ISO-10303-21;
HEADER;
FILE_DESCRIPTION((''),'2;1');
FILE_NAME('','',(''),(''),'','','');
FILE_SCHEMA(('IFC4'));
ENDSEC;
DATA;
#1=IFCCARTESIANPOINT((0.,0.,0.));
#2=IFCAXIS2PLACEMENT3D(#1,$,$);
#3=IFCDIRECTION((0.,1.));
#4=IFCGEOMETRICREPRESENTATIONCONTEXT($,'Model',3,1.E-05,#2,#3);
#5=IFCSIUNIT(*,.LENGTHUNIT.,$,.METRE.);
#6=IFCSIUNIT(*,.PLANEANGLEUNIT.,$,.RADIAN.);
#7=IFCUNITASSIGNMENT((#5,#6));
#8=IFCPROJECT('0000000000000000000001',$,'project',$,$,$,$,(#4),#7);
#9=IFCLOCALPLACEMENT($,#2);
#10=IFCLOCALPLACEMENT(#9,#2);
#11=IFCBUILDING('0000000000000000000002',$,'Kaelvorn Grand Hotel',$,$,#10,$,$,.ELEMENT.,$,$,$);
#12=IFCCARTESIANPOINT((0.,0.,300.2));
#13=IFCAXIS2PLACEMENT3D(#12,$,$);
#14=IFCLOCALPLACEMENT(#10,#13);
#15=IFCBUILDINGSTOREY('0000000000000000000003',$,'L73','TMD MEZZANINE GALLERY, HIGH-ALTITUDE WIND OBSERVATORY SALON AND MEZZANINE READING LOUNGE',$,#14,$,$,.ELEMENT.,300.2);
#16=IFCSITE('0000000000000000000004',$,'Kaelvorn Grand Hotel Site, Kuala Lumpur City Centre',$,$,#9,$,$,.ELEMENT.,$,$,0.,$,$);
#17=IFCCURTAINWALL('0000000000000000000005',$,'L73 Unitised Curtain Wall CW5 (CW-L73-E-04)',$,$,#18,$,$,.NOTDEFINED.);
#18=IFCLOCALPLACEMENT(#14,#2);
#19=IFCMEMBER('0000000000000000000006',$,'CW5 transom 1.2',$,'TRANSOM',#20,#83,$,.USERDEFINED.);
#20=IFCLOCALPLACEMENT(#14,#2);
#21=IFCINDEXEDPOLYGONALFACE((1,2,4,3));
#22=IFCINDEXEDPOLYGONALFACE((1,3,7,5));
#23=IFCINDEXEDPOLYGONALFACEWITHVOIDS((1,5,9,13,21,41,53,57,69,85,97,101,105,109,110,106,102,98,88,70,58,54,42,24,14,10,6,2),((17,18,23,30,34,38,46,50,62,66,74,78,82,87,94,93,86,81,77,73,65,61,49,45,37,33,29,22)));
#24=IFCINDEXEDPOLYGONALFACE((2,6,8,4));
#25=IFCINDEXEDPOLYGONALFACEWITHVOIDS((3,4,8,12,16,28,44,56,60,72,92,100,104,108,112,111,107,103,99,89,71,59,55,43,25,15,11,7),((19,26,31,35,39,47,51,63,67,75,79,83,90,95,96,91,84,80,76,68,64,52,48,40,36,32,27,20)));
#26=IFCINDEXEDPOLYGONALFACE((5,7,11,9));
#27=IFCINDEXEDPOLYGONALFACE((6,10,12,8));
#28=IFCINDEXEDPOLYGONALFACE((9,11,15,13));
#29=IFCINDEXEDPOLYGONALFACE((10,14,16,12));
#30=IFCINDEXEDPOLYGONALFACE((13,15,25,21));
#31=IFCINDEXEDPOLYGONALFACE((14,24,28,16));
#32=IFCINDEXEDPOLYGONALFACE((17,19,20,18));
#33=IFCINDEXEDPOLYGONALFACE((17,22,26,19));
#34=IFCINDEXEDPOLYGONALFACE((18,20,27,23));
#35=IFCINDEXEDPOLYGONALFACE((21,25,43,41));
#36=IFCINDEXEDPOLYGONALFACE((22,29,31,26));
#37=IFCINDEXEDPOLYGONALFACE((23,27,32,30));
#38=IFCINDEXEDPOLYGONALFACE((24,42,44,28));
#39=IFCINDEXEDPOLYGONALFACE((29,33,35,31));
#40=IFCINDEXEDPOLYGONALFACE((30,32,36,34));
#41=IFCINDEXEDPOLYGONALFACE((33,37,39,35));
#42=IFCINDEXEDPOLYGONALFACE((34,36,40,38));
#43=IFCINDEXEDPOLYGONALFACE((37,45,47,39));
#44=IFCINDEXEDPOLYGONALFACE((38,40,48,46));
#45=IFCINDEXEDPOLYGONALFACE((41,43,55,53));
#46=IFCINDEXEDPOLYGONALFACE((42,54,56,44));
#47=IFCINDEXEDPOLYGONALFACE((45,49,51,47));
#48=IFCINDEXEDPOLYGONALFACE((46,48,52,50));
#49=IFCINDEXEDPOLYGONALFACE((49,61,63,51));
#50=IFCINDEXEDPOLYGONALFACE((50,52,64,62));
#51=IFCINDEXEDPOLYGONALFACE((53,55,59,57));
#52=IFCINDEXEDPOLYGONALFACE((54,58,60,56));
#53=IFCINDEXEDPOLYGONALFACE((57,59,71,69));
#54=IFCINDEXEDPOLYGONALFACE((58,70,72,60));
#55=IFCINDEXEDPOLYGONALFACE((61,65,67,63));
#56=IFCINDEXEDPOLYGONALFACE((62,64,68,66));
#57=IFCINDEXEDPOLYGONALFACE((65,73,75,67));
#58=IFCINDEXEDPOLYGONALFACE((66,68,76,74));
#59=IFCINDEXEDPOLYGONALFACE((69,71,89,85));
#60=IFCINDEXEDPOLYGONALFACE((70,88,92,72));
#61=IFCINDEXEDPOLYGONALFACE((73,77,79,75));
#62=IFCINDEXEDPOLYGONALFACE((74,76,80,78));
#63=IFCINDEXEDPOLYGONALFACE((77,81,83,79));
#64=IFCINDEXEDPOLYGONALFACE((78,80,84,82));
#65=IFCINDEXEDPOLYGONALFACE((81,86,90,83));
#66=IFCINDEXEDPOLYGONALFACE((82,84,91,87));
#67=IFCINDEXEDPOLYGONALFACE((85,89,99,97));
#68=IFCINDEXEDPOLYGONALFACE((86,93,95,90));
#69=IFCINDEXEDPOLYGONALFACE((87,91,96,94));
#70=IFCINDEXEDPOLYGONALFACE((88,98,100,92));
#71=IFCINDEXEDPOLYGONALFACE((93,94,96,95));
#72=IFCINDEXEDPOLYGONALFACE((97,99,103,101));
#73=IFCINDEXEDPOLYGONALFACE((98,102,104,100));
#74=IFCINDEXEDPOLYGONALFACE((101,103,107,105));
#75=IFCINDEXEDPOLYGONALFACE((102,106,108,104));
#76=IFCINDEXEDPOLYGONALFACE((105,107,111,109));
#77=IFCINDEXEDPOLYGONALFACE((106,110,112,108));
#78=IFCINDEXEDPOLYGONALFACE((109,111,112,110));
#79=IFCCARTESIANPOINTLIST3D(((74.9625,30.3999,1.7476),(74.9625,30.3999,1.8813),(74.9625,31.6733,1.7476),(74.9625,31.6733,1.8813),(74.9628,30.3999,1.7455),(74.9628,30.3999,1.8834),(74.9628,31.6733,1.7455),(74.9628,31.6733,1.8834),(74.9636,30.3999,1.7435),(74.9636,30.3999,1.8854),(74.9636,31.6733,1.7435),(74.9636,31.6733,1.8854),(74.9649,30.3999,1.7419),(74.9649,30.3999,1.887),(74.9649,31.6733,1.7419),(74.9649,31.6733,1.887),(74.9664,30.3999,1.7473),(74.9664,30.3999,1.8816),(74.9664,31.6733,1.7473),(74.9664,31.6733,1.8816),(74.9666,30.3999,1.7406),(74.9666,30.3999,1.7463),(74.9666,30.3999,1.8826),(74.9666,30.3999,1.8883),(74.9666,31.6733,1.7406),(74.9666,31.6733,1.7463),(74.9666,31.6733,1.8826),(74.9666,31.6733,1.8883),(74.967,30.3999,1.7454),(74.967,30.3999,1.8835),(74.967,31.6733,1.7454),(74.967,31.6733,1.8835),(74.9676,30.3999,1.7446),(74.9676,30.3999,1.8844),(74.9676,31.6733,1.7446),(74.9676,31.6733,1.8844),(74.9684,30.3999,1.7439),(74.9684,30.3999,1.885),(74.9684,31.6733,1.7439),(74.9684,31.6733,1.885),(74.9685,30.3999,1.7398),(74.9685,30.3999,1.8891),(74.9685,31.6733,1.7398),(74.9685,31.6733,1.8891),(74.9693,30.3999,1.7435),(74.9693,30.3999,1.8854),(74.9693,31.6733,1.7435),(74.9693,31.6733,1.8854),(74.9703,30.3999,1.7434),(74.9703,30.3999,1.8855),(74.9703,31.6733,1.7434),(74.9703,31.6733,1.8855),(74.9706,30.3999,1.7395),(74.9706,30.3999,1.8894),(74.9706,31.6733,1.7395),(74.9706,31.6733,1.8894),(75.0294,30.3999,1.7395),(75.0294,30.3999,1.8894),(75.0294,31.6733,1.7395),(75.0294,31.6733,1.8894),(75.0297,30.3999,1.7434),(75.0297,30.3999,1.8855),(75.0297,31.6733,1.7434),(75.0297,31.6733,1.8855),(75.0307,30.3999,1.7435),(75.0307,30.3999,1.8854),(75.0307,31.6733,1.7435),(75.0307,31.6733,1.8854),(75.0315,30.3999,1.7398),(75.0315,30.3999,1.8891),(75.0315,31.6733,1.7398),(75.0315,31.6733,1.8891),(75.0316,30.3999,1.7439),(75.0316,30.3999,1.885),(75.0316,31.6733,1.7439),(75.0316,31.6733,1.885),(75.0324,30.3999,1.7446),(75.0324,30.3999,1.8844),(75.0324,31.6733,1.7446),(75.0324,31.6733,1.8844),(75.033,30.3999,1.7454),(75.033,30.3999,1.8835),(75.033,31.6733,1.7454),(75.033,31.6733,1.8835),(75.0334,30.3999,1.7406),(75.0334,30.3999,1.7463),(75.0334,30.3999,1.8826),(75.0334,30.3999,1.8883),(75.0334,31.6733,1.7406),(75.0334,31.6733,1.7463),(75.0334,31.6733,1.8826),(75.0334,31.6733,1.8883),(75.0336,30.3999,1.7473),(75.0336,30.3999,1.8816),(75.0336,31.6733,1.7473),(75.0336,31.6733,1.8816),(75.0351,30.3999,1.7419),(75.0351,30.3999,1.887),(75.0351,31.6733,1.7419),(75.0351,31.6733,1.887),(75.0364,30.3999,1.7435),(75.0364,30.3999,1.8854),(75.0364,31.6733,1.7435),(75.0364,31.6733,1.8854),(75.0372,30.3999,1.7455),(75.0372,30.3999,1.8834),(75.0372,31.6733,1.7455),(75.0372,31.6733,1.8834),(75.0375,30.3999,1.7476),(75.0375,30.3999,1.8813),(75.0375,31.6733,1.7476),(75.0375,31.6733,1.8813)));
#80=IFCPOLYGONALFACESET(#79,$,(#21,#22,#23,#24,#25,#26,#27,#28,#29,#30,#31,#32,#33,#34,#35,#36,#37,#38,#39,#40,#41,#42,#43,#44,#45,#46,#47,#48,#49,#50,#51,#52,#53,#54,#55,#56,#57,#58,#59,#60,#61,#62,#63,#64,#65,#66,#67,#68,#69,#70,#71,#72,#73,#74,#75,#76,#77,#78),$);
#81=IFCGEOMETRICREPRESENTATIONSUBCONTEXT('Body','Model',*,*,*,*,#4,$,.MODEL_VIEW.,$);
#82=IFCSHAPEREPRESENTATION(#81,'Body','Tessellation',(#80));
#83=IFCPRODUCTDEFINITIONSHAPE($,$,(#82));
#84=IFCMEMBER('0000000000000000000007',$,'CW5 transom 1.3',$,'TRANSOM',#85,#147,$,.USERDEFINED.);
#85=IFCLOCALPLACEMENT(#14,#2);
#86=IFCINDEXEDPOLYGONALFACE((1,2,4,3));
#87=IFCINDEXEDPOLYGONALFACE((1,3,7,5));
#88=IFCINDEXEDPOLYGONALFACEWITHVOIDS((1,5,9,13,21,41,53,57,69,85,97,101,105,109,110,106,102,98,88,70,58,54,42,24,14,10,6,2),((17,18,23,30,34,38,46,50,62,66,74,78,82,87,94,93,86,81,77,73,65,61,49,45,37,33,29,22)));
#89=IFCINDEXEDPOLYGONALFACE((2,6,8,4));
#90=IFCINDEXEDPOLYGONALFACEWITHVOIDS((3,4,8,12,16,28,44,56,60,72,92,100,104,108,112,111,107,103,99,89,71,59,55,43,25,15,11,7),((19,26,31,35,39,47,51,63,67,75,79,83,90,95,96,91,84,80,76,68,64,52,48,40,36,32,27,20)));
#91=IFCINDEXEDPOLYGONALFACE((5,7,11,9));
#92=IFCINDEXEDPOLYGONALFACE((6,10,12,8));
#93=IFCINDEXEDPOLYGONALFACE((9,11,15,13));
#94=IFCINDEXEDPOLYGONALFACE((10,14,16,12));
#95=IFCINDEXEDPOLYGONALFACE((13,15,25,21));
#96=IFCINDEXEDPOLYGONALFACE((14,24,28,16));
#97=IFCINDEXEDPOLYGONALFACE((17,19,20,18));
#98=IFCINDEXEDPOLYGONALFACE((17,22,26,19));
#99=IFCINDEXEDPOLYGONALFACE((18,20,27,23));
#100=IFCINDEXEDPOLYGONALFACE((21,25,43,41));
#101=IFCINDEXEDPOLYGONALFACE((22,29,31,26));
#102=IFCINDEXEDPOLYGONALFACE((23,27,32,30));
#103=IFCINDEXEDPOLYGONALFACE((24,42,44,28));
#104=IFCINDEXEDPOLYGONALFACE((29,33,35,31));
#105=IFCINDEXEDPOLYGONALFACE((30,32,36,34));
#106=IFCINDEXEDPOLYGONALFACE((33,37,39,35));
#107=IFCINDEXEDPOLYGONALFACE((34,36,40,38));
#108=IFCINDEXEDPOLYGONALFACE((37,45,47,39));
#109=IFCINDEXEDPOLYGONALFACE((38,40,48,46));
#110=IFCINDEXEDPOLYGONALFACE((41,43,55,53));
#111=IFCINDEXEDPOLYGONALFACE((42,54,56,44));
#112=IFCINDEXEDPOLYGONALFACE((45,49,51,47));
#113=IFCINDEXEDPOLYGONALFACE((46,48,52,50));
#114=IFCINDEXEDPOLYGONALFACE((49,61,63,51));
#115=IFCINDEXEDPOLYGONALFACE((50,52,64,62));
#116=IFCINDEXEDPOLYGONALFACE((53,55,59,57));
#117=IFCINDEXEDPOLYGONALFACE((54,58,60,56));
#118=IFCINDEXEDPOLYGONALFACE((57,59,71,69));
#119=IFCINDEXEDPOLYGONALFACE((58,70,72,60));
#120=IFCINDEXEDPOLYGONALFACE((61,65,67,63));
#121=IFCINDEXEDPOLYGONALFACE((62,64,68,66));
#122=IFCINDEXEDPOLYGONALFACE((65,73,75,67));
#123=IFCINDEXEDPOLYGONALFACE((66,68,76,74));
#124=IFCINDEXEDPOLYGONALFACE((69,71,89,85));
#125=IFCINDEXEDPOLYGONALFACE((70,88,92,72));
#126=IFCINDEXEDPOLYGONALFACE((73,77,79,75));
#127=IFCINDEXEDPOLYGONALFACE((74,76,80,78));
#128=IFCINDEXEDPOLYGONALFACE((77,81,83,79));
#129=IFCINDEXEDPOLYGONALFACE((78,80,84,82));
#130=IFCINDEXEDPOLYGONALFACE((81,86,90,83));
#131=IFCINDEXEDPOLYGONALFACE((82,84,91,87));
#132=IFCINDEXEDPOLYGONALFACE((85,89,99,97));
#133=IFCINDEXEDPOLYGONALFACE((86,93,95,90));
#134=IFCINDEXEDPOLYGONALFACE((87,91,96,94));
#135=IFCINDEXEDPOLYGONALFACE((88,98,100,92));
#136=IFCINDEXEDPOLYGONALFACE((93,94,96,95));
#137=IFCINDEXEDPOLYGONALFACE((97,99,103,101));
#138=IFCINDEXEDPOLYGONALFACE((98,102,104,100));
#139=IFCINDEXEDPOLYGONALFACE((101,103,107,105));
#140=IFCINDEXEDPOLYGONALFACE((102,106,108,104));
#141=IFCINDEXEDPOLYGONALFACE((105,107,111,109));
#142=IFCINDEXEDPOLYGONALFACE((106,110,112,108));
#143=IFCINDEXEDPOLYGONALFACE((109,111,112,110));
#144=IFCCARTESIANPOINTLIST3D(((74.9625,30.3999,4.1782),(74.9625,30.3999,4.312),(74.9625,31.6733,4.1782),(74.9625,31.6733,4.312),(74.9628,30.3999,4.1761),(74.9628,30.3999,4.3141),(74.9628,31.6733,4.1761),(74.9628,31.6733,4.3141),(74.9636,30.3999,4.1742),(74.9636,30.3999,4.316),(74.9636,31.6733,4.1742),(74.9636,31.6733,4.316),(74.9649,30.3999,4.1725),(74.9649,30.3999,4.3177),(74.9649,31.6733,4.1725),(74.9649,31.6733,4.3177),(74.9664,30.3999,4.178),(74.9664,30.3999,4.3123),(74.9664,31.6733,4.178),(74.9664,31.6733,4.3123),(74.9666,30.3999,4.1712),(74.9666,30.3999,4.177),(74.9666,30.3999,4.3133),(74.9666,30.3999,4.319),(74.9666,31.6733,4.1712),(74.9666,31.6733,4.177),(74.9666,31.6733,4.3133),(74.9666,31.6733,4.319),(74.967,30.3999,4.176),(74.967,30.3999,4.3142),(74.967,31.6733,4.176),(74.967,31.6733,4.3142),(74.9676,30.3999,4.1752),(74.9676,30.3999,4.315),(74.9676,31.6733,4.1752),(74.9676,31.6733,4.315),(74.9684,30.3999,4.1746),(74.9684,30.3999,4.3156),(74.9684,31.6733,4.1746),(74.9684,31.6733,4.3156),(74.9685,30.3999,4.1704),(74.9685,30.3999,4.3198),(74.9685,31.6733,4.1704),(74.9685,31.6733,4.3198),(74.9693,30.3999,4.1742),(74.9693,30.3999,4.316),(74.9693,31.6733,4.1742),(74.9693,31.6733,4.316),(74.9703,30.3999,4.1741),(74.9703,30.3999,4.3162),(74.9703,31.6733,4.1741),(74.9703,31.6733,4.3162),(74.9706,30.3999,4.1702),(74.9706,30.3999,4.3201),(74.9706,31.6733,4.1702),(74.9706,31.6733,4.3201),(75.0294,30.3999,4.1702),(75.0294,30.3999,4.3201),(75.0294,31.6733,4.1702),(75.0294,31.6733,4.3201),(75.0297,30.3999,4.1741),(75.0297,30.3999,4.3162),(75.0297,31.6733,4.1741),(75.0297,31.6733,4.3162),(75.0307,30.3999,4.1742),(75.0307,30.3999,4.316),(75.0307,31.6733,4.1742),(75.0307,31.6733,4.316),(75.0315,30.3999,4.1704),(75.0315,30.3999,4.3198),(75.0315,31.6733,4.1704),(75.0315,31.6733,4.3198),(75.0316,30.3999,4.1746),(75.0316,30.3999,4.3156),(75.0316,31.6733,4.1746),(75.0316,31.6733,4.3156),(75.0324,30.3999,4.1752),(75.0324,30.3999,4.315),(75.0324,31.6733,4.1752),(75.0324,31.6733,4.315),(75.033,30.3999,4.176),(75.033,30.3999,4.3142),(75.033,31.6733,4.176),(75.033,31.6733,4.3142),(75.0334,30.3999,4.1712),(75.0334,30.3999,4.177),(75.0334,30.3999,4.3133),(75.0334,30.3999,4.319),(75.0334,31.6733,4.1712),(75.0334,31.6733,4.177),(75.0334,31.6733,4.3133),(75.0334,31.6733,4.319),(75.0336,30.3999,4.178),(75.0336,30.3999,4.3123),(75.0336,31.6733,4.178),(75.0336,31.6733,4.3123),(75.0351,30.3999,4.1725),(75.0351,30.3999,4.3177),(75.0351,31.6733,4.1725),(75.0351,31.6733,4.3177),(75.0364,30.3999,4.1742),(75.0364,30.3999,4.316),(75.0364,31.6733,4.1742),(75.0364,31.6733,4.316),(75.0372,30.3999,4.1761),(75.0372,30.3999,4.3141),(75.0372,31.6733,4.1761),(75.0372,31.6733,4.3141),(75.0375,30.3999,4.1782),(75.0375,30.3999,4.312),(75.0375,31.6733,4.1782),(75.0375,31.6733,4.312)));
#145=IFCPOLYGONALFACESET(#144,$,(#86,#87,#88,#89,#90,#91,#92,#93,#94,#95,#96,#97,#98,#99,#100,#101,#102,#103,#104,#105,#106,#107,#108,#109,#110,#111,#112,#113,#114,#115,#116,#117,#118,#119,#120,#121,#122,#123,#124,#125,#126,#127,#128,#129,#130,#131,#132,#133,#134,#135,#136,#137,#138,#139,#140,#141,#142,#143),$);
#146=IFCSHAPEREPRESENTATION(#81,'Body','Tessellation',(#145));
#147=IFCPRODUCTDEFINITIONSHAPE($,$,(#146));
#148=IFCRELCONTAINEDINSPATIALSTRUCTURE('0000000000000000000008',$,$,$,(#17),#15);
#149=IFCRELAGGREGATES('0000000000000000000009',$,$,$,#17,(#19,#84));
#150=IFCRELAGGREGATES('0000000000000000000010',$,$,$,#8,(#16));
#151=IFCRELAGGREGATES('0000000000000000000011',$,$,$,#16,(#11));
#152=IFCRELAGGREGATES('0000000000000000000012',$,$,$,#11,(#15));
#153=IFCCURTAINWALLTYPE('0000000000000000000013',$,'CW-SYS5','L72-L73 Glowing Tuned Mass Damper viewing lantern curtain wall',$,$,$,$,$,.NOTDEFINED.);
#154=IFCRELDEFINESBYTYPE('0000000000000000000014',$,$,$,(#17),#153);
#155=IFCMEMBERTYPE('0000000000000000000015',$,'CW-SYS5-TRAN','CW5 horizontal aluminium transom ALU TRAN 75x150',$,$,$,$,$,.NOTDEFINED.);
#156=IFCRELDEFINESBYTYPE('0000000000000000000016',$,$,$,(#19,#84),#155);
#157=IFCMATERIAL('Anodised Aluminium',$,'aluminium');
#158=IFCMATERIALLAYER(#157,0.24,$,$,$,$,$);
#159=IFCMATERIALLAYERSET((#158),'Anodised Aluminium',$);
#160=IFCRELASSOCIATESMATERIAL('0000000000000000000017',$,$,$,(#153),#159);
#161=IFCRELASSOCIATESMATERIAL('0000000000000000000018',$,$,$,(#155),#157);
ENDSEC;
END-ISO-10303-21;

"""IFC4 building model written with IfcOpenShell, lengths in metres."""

from ifc_helpers import new_model, si_unit, direction, frame, origin, origin_2d, place, context, subcontext, project, spatial, hollow_rectangle, extrude, material, layer, layer_set, material_profile, profile_set, type_object, element, aggregate, save


model = new_model("IFC4")

# Units and contexts
model_context = context("Model", 3, precision=1e-05, world=origin(), true_north=direction((0.0, 1.0)))
body_context = subcontext(model_context, "Body", "Model", "MODEL_VIEW")
ifc_project = project(units=[si_unit("LENGTHUNIT", "METRE"), si_unit("PLANEANGLEUNIT", "RADIAN")], contexts=[model_context])

# Site, building, storey
site_placement = place(None, origin())
site = spatial("IfcSite", under=ifc_project, at=site_placement, Name="Kaelvorn Grand Hotel Site, Kuala Lumpur City Centre", CompositionType="ELEMENT", RefElevation=0.0)
building_placement = place(site_placement, origin())
building = spatial("IfcBuilding", under=site, at=building_placement, Name="Kaelvorn Grand Hotel", CompositionType="ELEMENT")
storey_placement = place(building_placement, frame((0.0, 0.0, 300.2)))
storey = spatial("IfcBuildingStorey", under=building, at=storey_placement, Name="L73", Description="TMD MEZZANINE GALLERY, HIGH-ALTITUDE WIND OBSERVATORY SALON AND MEZZANINE READING LOUNGE", CompositionType="ELEMENT", Elevation=300.2)

# Shared definitions
ifc_material_1 = material(Name="Anodised Aluminium", Category="aluminium")
ifc_layer_1 = layer(ifc_material_1, 0.24)
ifc_layer_set_1 = layer_set([ifc_layer_1], Name="Anodised Aluminium")
curtain_wall_type = type_object("IfcCurtainWallType", Name="CW-SYS5", Description="L72-L73 Glowing Tuned Mass Damper viewing lantern curtain wall", PredefinedType="NOTDEFINED", material=ifc_layer_set_1)

# Curtain wall, members
curtain_wall_1_placement = place(storey_placement, origin())
curtain_wall_1 = element("IfcCurtainWall", 1, at=curtain_wall_1_placement, inside=storey, type_object=curtain_wall_type, Name="L73 Unitised Curtain Wall CW5 (CW-L73-E-04)", PredefinedType="NOTDEFINED")
ifc_material_profile_1 = material_profile(ifc_material_1, hollow_rectangle(XDim=0.075, YDim=0.1499, WallThickness=0.0039, InnerFilletRadius=0.0039, OuterFilletRadius=0.0081, at=origin_2d()), Name="ALU TRAN 75x150")
ifc_profile_set_1 = profile_set([ifc_material_profile_1], Name="Anodised Aluminium")
member_type_1 = type_object("IfcMemberType", Name="CW-SYS5-TRAN", Description="CW5 horizontal aluminium transom ALU TRAN 75x150", PredefinedType="NOTDEFINED", material=ifc_profile_set_1)
member_1_placement = place(storey_placement, frame((75.0, 30.3999, 1.8145), z_axis=(0.0, 1.0, 0.0), x_axis=(-1.0, 0.0, 0.0)))
member_1 = element("IfcMember", 2, at=member_1_placement, type_object=member_type_1, Name="CW5 transom 1.2", ObjectType="TRANSOM", PredefinedType="USERDEFINED", context=body_context, shape_type="SweptSolid", body=[
    extrude(hollow_rectangle(XDim=0.075, YDim=0.1499, WallThickness=0.0039, InnerFilletRadius=0.0039, OuterFilletRadius=0.0081, at=origin_2d()), origin(), (0.0, 0.0, 1.0), 1.2734),
])
member_2_placement = place(storey_placement, frame((75.0, 30.3999, 4.2451), z_axis=(0.0, 1.0, 0.0), x_axis=(-1.0, 0.0, 0.0)))
member_2 = element("IfcMember", 3, at=member_2_placement, type_object=member_type_1, Name="CW5 transom 1.3", ObjectType="TRANSOM", PredefinedType="USERDEFINED", context=body_context, shape_type="SweptSolid", body=[
    extrude(hollow_rectangle(XDim=0.075, YDim=0.1499, WallThickness=0.0039, InnerFilletRadius=0.0039, OuterFilletRadius=0.0081, at=origin_2d()), origin(), (0.0, 0.0, 1.0), 1.2734),
])
aggregate(curtain_wall_1, [member_1, member_2])

save(model, "model.ifc")
